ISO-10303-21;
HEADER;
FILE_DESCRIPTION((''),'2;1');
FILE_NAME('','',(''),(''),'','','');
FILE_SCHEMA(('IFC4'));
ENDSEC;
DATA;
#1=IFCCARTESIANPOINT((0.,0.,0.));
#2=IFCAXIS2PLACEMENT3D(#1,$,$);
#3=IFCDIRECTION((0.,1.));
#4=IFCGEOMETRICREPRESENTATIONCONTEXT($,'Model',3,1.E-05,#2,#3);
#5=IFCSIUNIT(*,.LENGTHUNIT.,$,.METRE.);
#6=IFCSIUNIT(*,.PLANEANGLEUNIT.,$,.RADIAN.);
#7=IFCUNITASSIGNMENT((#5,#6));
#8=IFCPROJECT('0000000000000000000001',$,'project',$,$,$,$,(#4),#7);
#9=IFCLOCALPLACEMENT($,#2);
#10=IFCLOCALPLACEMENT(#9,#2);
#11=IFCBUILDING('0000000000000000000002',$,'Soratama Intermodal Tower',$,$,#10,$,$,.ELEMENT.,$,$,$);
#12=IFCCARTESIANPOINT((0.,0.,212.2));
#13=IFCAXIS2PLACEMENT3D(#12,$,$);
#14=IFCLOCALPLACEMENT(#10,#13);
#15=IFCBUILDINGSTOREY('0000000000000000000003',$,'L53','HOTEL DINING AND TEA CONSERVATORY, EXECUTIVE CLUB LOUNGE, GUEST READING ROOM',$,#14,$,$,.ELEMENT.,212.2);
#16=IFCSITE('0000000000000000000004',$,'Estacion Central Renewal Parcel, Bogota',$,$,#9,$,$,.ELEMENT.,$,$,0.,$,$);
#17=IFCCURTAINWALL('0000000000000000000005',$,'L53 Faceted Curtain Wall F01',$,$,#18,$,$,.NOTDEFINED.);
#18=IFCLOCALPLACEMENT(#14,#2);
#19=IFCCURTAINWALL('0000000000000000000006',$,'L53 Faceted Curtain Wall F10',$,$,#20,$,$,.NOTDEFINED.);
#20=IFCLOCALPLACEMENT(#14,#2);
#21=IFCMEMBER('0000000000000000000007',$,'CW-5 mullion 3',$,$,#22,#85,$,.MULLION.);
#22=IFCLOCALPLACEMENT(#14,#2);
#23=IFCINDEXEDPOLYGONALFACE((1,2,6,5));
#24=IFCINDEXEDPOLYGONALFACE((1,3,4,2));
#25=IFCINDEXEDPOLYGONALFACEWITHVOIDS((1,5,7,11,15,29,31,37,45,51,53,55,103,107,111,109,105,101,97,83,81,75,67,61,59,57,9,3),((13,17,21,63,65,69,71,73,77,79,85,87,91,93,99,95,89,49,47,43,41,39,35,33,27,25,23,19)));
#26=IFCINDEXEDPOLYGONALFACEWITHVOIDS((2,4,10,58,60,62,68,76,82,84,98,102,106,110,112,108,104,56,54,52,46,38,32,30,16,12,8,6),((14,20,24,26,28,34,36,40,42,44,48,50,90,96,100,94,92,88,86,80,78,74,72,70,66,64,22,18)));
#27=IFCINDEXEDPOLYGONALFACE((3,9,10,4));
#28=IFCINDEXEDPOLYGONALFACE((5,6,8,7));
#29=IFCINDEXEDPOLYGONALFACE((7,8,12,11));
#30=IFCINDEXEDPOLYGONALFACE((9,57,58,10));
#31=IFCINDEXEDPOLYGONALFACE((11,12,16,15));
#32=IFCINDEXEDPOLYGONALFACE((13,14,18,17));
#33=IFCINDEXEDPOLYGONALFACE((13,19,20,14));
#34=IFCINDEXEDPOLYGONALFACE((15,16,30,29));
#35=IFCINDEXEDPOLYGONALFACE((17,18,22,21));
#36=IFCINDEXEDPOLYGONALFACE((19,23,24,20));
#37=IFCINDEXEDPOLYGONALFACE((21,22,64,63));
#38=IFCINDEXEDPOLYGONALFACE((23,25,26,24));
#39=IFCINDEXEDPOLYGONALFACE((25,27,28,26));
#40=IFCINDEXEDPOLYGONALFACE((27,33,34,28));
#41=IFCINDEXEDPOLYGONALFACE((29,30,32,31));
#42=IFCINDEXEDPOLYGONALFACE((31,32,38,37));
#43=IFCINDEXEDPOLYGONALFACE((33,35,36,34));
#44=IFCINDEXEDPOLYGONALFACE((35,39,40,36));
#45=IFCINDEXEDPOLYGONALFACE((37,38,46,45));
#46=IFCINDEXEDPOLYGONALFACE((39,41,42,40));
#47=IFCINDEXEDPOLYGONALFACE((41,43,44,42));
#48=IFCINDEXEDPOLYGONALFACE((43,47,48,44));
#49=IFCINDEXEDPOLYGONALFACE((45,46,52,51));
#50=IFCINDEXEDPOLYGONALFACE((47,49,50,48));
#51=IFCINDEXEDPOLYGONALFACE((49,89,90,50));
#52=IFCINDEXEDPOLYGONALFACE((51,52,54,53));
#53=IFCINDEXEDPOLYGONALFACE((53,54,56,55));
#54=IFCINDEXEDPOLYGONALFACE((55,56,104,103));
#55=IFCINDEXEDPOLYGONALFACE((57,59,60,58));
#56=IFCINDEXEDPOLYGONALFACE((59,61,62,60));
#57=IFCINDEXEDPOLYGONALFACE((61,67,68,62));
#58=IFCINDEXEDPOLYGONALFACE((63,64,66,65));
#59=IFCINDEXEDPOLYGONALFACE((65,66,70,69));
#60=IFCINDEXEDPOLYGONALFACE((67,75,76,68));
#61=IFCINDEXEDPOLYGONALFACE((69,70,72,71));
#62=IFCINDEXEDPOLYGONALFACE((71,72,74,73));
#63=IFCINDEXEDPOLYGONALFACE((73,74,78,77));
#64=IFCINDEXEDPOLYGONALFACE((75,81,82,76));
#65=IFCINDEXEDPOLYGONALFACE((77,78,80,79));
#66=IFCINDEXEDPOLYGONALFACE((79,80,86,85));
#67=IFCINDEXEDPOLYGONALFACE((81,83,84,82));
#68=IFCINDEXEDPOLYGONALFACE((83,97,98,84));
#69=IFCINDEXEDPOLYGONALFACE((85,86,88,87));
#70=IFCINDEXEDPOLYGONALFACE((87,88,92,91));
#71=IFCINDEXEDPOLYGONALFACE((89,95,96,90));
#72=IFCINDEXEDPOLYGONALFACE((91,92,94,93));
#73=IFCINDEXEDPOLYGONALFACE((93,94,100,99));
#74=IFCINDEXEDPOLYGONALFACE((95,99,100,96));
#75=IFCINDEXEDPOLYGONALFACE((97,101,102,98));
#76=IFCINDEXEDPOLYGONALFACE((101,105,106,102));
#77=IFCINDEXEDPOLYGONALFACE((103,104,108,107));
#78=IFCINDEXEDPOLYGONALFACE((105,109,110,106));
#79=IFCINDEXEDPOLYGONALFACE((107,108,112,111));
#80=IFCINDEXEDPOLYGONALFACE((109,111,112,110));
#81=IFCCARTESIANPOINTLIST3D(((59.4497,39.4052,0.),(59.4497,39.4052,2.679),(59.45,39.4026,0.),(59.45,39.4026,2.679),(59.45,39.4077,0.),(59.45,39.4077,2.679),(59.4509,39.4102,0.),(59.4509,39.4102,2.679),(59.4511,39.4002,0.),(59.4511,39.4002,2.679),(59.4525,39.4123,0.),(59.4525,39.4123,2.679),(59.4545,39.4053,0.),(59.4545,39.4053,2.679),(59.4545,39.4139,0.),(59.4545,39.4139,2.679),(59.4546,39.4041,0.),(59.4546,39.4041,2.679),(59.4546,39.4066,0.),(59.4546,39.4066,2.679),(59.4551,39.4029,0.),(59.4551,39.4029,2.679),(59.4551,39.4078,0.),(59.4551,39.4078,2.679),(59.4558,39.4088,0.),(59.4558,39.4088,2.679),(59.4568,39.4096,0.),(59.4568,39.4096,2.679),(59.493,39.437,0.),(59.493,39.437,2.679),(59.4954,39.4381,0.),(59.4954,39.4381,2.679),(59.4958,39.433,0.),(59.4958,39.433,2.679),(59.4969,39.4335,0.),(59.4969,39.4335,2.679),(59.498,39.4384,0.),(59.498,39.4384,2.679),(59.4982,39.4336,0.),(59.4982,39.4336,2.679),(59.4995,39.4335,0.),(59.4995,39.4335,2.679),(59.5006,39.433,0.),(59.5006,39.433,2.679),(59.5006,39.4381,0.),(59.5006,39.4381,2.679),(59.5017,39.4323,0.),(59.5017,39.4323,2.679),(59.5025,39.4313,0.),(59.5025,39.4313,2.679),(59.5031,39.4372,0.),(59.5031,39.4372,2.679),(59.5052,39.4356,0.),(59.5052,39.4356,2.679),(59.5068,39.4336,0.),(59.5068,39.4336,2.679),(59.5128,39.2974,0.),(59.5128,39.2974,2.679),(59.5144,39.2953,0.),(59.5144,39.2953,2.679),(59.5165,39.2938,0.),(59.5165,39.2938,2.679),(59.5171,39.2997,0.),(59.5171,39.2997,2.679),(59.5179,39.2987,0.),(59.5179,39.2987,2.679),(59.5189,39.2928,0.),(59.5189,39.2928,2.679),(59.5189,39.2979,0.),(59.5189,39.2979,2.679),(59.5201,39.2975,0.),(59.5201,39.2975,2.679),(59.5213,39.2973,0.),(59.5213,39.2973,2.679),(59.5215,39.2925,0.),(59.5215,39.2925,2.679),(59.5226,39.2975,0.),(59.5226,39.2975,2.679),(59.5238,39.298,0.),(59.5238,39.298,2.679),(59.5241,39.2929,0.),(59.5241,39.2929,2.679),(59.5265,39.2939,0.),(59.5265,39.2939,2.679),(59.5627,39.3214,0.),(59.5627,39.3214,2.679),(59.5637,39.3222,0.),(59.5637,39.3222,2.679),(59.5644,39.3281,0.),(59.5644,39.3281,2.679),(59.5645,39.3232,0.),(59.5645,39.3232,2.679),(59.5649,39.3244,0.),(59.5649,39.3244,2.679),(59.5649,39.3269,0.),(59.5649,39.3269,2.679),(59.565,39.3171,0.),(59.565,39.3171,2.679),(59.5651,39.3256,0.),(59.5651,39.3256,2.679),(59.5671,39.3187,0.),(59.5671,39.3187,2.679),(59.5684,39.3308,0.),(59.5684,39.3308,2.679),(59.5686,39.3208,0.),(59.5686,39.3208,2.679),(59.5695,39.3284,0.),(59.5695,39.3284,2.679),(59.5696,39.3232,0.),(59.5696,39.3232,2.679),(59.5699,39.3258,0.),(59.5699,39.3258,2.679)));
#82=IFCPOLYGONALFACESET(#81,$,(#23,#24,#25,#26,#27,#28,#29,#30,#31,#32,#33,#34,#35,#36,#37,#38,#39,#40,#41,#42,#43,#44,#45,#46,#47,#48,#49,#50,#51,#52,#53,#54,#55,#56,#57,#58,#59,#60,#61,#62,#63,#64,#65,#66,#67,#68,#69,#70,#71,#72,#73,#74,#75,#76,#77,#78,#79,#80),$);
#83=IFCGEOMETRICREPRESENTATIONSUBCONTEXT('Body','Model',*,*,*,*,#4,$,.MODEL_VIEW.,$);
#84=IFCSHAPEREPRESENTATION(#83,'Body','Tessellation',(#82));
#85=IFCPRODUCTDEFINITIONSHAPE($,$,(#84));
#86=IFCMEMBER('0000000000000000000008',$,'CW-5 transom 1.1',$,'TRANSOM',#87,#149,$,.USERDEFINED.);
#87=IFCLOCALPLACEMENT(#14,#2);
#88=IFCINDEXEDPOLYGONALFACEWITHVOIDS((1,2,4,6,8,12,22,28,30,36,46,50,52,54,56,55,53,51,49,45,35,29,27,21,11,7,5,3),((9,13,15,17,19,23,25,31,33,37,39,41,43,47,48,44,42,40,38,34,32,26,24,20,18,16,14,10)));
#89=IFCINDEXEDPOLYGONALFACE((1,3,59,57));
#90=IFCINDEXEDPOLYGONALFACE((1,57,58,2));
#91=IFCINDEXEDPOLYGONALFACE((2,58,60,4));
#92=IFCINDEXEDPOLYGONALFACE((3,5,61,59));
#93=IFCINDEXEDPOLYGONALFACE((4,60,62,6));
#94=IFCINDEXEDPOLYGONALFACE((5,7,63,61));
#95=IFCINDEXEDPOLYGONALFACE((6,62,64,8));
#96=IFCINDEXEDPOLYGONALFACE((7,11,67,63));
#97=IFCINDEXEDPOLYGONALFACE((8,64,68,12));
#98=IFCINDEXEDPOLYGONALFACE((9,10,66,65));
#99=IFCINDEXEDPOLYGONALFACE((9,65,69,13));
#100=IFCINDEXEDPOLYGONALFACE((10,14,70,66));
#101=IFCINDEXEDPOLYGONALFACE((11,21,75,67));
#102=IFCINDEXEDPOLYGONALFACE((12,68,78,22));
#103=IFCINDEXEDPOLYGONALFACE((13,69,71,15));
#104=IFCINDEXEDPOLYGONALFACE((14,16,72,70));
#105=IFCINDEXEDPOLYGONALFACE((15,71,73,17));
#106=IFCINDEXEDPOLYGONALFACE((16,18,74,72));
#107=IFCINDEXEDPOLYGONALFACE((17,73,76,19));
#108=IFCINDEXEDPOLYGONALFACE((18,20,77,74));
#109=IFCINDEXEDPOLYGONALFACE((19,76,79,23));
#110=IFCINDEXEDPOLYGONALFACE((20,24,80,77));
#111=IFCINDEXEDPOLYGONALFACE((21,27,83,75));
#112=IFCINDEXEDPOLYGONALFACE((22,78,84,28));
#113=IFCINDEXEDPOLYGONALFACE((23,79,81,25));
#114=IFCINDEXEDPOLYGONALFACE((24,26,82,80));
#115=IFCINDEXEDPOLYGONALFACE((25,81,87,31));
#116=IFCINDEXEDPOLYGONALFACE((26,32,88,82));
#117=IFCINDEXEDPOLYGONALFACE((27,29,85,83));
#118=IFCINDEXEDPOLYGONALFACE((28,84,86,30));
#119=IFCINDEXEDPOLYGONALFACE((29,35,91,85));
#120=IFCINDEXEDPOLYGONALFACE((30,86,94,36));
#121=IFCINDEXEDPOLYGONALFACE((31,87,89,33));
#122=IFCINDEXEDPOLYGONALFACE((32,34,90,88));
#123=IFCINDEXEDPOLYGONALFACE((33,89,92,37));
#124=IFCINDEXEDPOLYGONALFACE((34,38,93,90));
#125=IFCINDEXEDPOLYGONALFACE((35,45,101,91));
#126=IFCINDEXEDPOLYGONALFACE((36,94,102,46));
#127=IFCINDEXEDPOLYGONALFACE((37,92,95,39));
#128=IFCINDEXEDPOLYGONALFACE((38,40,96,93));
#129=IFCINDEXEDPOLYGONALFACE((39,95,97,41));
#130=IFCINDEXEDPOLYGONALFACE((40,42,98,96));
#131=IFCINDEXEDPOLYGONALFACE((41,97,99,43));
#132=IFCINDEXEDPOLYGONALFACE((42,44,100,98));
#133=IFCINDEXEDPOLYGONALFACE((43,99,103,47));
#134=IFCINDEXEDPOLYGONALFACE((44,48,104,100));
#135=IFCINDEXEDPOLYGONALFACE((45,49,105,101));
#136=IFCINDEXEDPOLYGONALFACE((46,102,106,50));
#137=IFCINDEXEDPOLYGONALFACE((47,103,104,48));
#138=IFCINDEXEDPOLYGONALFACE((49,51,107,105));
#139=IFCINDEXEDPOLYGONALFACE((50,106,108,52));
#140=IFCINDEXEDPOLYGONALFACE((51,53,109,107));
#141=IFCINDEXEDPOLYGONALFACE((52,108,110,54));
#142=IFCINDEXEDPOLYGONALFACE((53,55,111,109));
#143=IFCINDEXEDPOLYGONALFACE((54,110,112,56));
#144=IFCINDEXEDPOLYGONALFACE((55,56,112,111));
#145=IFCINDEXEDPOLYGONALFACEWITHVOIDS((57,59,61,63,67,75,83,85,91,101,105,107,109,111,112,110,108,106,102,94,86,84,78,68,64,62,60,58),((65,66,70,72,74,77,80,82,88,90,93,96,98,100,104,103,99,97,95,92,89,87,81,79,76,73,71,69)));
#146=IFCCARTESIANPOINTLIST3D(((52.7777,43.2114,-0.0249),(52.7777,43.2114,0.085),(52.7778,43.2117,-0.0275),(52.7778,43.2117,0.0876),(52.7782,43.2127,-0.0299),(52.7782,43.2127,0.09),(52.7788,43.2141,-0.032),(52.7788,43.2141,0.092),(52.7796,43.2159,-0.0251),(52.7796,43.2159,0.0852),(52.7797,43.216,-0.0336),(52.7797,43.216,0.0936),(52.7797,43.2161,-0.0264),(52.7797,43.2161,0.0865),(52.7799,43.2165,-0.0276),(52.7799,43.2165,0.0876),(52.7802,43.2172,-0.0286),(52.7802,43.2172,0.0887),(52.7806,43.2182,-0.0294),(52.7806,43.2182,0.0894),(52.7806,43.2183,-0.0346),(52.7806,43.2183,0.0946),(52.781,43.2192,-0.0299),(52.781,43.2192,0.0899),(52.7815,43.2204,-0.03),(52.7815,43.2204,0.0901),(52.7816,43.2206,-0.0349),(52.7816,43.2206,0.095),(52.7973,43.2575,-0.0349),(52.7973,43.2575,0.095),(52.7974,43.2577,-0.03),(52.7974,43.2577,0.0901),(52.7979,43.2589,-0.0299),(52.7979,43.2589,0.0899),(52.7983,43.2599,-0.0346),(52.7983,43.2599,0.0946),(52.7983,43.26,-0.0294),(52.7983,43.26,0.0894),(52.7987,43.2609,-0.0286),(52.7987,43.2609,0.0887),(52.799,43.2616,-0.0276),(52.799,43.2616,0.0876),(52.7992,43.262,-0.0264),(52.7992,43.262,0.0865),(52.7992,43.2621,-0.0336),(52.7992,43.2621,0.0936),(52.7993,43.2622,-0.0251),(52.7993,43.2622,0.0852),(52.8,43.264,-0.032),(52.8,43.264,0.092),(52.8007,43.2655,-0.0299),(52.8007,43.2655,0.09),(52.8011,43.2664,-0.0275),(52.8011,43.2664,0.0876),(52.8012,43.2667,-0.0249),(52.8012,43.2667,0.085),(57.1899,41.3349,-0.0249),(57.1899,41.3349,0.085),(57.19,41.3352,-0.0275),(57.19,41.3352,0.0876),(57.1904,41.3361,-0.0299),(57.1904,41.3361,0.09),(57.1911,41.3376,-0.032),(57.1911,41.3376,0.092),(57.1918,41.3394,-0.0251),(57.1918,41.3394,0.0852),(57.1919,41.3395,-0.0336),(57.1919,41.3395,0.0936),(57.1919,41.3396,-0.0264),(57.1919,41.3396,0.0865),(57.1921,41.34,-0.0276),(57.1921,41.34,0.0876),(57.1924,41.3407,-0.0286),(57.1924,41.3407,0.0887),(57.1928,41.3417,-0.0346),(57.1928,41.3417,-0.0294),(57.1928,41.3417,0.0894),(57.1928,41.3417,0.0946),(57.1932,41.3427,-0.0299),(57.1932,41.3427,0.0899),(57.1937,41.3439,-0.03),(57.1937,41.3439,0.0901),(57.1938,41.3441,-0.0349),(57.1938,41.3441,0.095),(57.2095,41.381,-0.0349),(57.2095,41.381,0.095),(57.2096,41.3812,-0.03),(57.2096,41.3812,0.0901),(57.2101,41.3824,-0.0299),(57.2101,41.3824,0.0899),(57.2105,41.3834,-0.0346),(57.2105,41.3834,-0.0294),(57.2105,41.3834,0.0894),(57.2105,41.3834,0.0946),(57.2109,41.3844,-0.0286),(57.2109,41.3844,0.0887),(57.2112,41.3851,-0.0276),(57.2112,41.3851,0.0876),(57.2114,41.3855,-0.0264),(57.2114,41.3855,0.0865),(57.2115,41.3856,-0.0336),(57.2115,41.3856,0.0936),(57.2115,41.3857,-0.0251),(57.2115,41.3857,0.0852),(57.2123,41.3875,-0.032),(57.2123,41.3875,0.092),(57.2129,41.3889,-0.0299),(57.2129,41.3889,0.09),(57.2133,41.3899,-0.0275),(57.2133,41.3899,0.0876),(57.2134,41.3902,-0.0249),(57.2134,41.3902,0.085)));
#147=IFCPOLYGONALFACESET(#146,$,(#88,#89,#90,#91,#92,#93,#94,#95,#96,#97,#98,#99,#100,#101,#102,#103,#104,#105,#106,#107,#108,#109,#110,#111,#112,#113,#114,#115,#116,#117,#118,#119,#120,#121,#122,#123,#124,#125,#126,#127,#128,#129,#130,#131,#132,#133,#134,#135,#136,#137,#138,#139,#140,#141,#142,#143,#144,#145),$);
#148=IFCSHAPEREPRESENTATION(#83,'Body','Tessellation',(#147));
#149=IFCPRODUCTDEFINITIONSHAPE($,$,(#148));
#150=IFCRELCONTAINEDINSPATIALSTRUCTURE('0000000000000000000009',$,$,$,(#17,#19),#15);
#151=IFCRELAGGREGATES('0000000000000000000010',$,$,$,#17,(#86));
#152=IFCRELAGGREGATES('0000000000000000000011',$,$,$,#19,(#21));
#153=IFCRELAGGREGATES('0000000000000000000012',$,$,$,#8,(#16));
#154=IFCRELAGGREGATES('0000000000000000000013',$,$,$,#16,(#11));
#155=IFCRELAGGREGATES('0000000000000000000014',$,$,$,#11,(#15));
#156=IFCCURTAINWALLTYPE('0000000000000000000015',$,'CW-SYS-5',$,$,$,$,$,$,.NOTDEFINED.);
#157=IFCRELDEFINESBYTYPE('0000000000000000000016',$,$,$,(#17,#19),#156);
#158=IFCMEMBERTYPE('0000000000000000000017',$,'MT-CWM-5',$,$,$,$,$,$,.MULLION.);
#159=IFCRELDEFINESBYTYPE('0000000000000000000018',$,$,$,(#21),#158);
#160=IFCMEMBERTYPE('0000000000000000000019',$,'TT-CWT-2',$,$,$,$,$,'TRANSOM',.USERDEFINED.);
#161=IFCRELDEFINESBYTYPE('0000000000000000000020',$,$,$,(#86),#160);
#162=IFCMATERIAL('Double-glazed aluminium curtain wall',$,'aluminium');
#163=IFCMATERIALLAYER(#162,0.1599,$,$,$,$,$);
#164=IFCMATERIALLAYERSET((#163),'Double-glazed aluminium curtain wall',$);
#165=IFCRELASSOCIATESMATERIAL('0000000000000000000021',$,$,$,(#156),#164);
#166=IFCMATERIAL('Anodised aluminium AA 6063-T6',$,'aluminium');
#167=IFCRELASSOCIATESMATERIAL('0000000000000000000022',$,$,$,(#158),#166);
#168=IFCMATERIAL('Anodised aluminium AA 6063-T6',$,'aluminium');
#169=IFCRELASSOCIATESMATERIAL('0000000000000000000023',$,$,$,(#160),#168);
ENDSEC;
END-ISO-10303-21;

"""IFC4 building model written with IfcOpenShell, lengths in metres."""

from ifc_helpers import new_model, si_unit, direction, frame, origin, origin_2d, place, context, subcontext, project, spatial, hollow_rectangle, extrude, material, layer, layer_set, material_profile, profile_set, type_object, element, aggregate, save


model = new_model("IFC4")

# Units and contexts
model_context = context("Model", 3, precision=1e-05, world=origin(), true_north=direction((0.0, 1.0)))
body_context = subcontext(model_context, "Body", "Model", "MODEL_VIEW")
ifc_project = project(units=[si_unit("LENGTHUNIT", "METRE"), si_unit("PLANEANGLEUNIT", "RADIAN")], contexts=[model_context])

# Site, building, storey
site_placement = place(None, origin())
site = spatial("IfcSite", under=ifc_project, at=site_placement, Name="Estacion Central Renewal Parcel, Bogota", CompositionType="ELEMENT", RefElevation=0.0)
building_placement = place(site_placement, origin())
building = spatial("IfcBuilding", under=site, at=building_placement, Name="Soratama Intermodal Tower", CompositionType="ELEMENT")
storey_placement = place(building_placement, frame((0.0, 0.0, 212.2)))
storey = spatial("IfcBuildingStorey", under=building, at=storey_placement, Name="L53", Description="HOTEL DINING AND TEA CONSERVATORY, EXECUTIVE CLUB LOUNGE, GUEST READING ROOM", CompositionType="ELEMENT", Elevation=212.2)

# Curtain wall
ifc_material_1 = material(Name="Double-glazed aluminium curtain wall", Category="aluminium")
ifc_layer_1 = layer(ifc_material_1, 0.1599)
ifc_layer_set_1 = layer_set([ifc_layer_1], Name="Double-glazed aluminium curtain wall")
curtain_wall_type = type_object("IfcCurtainWallType", Name="CW-SYS-5", PredefinedType="NOTDEFINED", material=ifc_layer_set_1)
curtain_wall_1_placement = place(storey_placement, origin())
curtain_wall_1 = element("IfcCurtainWall", 1, at=curtain_wall_1_placement, inside=storey, type_object=curtain_wall_type, Name="L53 Faceted Curtain Wall F01", PredefinedType="NOTDEFINED")
ifc_material_2 = material(Name="Anodised aluminium AA 6063-T6", Category="aluminium")
ifc_material_profile_1 = material_profile(ifc_material_2, hollow_rectangle(XDim=0.0649, YDim=0.1399, WallThickness=0.0049, InnerFilletRadius=0.0049, OuterFilletRadius=0.01, at=origin_2d()), Name="CWM140X65X5")
ifc_profile_set_1 = profile_set([ifc_material_profile_1], Name="Anodised aluminium AA 6063-T6")
member_type_1 = type_object("IfcMemberType", Name="MT-CWM-5", PredefinedType="MULLION", material=ifc_profile_set_1)

# Curtain wall, member
curtain_wall_2_placement = place(storey_placement, origin())
curtain_wall_2 = element("IfcCurtainWall", 2, at=curtain_wall_2_placement, inside=storey, type_object=curtain_wall_type, Name="L53 Faceted Curtain Wall F10", PredefinedType="NOTDEFINED")
member_1_placement = place(storey_placement, frame((59.5098, 39.3655, 0.0), z_axis=(0.0, 0.0, 1.0), x_axis=(-0.857527, -0.514439, 0.0)))
member_1 = element("IfcMember", 3, at=member_1_placement, type_object=member_type_1, Name="CW-5 mullion 3", PredefinedType="MULLION", context=body_context, shape_type="SweptSolid", body=[
    extrude(hollow_rectangle(XDim=0.0649, YDim=0.1399, WallThickness=0.0049, InnerFilletRadius=0.0049, OuterFilletRadius=0.01, at=origin_2d()), origin(), (0.0, 0.0, 1.0), 2.679),
])

# Member
ifc_material_3 = material(Name="Anodised aluminium AA 6063-T6", Category="aluminium")
ifc_material_profile_2 = material_profile(ifc_material_3, hollow_rectangle(XDim=0.0601, YDim=0.1299, WallThickness=0.0049, InnerFilletRadius=0.0049, OuterFilletRadius=0.01, at=origin_2d()), Name="CWT130X60X5")
ifc_profile_set_2 = profile_set([ifc_material_profile_2], Name="Anodised aluminium AA 6063-T6")
member_type_2 = type_object("IfcMemberType", Name="TT-CWT-2", ElementType="TRANSOM", PredefinedType="USERDEFINED", material=ifc_profile_set_2)
member_2_placement = place(storey_placement, frame((57.2017, 41.3625, 0.03), z_axis=(-0.920232, 0.391374, 0.0), x_axis=(-0.391374, -0.920232, 0.0)))
member_2 = element("IfcMember", 4, at=member_2_placement, type_object=member_type_2, Name="CW-5 transom 1.1", ObjectType="TRANSOM", PredefinedType="USERDEFINED", context=body_context, shape_type="SweptSolid", body=[
    extrude(hollow_rectangle(XDim=0.0601, YDim=0.1299, WallThickness=0.0049, InnerFilletRadius=0.0049, OuterFilletRadius=0.01, at=origin_2d()), origin(), (0.0, 0.0, 1.0), 4.7947),
])

aggregate(curtain_wall_1, [member_2])
aggregate(curtain_wall_2, [member_1])

save(model, "model.ifc")
